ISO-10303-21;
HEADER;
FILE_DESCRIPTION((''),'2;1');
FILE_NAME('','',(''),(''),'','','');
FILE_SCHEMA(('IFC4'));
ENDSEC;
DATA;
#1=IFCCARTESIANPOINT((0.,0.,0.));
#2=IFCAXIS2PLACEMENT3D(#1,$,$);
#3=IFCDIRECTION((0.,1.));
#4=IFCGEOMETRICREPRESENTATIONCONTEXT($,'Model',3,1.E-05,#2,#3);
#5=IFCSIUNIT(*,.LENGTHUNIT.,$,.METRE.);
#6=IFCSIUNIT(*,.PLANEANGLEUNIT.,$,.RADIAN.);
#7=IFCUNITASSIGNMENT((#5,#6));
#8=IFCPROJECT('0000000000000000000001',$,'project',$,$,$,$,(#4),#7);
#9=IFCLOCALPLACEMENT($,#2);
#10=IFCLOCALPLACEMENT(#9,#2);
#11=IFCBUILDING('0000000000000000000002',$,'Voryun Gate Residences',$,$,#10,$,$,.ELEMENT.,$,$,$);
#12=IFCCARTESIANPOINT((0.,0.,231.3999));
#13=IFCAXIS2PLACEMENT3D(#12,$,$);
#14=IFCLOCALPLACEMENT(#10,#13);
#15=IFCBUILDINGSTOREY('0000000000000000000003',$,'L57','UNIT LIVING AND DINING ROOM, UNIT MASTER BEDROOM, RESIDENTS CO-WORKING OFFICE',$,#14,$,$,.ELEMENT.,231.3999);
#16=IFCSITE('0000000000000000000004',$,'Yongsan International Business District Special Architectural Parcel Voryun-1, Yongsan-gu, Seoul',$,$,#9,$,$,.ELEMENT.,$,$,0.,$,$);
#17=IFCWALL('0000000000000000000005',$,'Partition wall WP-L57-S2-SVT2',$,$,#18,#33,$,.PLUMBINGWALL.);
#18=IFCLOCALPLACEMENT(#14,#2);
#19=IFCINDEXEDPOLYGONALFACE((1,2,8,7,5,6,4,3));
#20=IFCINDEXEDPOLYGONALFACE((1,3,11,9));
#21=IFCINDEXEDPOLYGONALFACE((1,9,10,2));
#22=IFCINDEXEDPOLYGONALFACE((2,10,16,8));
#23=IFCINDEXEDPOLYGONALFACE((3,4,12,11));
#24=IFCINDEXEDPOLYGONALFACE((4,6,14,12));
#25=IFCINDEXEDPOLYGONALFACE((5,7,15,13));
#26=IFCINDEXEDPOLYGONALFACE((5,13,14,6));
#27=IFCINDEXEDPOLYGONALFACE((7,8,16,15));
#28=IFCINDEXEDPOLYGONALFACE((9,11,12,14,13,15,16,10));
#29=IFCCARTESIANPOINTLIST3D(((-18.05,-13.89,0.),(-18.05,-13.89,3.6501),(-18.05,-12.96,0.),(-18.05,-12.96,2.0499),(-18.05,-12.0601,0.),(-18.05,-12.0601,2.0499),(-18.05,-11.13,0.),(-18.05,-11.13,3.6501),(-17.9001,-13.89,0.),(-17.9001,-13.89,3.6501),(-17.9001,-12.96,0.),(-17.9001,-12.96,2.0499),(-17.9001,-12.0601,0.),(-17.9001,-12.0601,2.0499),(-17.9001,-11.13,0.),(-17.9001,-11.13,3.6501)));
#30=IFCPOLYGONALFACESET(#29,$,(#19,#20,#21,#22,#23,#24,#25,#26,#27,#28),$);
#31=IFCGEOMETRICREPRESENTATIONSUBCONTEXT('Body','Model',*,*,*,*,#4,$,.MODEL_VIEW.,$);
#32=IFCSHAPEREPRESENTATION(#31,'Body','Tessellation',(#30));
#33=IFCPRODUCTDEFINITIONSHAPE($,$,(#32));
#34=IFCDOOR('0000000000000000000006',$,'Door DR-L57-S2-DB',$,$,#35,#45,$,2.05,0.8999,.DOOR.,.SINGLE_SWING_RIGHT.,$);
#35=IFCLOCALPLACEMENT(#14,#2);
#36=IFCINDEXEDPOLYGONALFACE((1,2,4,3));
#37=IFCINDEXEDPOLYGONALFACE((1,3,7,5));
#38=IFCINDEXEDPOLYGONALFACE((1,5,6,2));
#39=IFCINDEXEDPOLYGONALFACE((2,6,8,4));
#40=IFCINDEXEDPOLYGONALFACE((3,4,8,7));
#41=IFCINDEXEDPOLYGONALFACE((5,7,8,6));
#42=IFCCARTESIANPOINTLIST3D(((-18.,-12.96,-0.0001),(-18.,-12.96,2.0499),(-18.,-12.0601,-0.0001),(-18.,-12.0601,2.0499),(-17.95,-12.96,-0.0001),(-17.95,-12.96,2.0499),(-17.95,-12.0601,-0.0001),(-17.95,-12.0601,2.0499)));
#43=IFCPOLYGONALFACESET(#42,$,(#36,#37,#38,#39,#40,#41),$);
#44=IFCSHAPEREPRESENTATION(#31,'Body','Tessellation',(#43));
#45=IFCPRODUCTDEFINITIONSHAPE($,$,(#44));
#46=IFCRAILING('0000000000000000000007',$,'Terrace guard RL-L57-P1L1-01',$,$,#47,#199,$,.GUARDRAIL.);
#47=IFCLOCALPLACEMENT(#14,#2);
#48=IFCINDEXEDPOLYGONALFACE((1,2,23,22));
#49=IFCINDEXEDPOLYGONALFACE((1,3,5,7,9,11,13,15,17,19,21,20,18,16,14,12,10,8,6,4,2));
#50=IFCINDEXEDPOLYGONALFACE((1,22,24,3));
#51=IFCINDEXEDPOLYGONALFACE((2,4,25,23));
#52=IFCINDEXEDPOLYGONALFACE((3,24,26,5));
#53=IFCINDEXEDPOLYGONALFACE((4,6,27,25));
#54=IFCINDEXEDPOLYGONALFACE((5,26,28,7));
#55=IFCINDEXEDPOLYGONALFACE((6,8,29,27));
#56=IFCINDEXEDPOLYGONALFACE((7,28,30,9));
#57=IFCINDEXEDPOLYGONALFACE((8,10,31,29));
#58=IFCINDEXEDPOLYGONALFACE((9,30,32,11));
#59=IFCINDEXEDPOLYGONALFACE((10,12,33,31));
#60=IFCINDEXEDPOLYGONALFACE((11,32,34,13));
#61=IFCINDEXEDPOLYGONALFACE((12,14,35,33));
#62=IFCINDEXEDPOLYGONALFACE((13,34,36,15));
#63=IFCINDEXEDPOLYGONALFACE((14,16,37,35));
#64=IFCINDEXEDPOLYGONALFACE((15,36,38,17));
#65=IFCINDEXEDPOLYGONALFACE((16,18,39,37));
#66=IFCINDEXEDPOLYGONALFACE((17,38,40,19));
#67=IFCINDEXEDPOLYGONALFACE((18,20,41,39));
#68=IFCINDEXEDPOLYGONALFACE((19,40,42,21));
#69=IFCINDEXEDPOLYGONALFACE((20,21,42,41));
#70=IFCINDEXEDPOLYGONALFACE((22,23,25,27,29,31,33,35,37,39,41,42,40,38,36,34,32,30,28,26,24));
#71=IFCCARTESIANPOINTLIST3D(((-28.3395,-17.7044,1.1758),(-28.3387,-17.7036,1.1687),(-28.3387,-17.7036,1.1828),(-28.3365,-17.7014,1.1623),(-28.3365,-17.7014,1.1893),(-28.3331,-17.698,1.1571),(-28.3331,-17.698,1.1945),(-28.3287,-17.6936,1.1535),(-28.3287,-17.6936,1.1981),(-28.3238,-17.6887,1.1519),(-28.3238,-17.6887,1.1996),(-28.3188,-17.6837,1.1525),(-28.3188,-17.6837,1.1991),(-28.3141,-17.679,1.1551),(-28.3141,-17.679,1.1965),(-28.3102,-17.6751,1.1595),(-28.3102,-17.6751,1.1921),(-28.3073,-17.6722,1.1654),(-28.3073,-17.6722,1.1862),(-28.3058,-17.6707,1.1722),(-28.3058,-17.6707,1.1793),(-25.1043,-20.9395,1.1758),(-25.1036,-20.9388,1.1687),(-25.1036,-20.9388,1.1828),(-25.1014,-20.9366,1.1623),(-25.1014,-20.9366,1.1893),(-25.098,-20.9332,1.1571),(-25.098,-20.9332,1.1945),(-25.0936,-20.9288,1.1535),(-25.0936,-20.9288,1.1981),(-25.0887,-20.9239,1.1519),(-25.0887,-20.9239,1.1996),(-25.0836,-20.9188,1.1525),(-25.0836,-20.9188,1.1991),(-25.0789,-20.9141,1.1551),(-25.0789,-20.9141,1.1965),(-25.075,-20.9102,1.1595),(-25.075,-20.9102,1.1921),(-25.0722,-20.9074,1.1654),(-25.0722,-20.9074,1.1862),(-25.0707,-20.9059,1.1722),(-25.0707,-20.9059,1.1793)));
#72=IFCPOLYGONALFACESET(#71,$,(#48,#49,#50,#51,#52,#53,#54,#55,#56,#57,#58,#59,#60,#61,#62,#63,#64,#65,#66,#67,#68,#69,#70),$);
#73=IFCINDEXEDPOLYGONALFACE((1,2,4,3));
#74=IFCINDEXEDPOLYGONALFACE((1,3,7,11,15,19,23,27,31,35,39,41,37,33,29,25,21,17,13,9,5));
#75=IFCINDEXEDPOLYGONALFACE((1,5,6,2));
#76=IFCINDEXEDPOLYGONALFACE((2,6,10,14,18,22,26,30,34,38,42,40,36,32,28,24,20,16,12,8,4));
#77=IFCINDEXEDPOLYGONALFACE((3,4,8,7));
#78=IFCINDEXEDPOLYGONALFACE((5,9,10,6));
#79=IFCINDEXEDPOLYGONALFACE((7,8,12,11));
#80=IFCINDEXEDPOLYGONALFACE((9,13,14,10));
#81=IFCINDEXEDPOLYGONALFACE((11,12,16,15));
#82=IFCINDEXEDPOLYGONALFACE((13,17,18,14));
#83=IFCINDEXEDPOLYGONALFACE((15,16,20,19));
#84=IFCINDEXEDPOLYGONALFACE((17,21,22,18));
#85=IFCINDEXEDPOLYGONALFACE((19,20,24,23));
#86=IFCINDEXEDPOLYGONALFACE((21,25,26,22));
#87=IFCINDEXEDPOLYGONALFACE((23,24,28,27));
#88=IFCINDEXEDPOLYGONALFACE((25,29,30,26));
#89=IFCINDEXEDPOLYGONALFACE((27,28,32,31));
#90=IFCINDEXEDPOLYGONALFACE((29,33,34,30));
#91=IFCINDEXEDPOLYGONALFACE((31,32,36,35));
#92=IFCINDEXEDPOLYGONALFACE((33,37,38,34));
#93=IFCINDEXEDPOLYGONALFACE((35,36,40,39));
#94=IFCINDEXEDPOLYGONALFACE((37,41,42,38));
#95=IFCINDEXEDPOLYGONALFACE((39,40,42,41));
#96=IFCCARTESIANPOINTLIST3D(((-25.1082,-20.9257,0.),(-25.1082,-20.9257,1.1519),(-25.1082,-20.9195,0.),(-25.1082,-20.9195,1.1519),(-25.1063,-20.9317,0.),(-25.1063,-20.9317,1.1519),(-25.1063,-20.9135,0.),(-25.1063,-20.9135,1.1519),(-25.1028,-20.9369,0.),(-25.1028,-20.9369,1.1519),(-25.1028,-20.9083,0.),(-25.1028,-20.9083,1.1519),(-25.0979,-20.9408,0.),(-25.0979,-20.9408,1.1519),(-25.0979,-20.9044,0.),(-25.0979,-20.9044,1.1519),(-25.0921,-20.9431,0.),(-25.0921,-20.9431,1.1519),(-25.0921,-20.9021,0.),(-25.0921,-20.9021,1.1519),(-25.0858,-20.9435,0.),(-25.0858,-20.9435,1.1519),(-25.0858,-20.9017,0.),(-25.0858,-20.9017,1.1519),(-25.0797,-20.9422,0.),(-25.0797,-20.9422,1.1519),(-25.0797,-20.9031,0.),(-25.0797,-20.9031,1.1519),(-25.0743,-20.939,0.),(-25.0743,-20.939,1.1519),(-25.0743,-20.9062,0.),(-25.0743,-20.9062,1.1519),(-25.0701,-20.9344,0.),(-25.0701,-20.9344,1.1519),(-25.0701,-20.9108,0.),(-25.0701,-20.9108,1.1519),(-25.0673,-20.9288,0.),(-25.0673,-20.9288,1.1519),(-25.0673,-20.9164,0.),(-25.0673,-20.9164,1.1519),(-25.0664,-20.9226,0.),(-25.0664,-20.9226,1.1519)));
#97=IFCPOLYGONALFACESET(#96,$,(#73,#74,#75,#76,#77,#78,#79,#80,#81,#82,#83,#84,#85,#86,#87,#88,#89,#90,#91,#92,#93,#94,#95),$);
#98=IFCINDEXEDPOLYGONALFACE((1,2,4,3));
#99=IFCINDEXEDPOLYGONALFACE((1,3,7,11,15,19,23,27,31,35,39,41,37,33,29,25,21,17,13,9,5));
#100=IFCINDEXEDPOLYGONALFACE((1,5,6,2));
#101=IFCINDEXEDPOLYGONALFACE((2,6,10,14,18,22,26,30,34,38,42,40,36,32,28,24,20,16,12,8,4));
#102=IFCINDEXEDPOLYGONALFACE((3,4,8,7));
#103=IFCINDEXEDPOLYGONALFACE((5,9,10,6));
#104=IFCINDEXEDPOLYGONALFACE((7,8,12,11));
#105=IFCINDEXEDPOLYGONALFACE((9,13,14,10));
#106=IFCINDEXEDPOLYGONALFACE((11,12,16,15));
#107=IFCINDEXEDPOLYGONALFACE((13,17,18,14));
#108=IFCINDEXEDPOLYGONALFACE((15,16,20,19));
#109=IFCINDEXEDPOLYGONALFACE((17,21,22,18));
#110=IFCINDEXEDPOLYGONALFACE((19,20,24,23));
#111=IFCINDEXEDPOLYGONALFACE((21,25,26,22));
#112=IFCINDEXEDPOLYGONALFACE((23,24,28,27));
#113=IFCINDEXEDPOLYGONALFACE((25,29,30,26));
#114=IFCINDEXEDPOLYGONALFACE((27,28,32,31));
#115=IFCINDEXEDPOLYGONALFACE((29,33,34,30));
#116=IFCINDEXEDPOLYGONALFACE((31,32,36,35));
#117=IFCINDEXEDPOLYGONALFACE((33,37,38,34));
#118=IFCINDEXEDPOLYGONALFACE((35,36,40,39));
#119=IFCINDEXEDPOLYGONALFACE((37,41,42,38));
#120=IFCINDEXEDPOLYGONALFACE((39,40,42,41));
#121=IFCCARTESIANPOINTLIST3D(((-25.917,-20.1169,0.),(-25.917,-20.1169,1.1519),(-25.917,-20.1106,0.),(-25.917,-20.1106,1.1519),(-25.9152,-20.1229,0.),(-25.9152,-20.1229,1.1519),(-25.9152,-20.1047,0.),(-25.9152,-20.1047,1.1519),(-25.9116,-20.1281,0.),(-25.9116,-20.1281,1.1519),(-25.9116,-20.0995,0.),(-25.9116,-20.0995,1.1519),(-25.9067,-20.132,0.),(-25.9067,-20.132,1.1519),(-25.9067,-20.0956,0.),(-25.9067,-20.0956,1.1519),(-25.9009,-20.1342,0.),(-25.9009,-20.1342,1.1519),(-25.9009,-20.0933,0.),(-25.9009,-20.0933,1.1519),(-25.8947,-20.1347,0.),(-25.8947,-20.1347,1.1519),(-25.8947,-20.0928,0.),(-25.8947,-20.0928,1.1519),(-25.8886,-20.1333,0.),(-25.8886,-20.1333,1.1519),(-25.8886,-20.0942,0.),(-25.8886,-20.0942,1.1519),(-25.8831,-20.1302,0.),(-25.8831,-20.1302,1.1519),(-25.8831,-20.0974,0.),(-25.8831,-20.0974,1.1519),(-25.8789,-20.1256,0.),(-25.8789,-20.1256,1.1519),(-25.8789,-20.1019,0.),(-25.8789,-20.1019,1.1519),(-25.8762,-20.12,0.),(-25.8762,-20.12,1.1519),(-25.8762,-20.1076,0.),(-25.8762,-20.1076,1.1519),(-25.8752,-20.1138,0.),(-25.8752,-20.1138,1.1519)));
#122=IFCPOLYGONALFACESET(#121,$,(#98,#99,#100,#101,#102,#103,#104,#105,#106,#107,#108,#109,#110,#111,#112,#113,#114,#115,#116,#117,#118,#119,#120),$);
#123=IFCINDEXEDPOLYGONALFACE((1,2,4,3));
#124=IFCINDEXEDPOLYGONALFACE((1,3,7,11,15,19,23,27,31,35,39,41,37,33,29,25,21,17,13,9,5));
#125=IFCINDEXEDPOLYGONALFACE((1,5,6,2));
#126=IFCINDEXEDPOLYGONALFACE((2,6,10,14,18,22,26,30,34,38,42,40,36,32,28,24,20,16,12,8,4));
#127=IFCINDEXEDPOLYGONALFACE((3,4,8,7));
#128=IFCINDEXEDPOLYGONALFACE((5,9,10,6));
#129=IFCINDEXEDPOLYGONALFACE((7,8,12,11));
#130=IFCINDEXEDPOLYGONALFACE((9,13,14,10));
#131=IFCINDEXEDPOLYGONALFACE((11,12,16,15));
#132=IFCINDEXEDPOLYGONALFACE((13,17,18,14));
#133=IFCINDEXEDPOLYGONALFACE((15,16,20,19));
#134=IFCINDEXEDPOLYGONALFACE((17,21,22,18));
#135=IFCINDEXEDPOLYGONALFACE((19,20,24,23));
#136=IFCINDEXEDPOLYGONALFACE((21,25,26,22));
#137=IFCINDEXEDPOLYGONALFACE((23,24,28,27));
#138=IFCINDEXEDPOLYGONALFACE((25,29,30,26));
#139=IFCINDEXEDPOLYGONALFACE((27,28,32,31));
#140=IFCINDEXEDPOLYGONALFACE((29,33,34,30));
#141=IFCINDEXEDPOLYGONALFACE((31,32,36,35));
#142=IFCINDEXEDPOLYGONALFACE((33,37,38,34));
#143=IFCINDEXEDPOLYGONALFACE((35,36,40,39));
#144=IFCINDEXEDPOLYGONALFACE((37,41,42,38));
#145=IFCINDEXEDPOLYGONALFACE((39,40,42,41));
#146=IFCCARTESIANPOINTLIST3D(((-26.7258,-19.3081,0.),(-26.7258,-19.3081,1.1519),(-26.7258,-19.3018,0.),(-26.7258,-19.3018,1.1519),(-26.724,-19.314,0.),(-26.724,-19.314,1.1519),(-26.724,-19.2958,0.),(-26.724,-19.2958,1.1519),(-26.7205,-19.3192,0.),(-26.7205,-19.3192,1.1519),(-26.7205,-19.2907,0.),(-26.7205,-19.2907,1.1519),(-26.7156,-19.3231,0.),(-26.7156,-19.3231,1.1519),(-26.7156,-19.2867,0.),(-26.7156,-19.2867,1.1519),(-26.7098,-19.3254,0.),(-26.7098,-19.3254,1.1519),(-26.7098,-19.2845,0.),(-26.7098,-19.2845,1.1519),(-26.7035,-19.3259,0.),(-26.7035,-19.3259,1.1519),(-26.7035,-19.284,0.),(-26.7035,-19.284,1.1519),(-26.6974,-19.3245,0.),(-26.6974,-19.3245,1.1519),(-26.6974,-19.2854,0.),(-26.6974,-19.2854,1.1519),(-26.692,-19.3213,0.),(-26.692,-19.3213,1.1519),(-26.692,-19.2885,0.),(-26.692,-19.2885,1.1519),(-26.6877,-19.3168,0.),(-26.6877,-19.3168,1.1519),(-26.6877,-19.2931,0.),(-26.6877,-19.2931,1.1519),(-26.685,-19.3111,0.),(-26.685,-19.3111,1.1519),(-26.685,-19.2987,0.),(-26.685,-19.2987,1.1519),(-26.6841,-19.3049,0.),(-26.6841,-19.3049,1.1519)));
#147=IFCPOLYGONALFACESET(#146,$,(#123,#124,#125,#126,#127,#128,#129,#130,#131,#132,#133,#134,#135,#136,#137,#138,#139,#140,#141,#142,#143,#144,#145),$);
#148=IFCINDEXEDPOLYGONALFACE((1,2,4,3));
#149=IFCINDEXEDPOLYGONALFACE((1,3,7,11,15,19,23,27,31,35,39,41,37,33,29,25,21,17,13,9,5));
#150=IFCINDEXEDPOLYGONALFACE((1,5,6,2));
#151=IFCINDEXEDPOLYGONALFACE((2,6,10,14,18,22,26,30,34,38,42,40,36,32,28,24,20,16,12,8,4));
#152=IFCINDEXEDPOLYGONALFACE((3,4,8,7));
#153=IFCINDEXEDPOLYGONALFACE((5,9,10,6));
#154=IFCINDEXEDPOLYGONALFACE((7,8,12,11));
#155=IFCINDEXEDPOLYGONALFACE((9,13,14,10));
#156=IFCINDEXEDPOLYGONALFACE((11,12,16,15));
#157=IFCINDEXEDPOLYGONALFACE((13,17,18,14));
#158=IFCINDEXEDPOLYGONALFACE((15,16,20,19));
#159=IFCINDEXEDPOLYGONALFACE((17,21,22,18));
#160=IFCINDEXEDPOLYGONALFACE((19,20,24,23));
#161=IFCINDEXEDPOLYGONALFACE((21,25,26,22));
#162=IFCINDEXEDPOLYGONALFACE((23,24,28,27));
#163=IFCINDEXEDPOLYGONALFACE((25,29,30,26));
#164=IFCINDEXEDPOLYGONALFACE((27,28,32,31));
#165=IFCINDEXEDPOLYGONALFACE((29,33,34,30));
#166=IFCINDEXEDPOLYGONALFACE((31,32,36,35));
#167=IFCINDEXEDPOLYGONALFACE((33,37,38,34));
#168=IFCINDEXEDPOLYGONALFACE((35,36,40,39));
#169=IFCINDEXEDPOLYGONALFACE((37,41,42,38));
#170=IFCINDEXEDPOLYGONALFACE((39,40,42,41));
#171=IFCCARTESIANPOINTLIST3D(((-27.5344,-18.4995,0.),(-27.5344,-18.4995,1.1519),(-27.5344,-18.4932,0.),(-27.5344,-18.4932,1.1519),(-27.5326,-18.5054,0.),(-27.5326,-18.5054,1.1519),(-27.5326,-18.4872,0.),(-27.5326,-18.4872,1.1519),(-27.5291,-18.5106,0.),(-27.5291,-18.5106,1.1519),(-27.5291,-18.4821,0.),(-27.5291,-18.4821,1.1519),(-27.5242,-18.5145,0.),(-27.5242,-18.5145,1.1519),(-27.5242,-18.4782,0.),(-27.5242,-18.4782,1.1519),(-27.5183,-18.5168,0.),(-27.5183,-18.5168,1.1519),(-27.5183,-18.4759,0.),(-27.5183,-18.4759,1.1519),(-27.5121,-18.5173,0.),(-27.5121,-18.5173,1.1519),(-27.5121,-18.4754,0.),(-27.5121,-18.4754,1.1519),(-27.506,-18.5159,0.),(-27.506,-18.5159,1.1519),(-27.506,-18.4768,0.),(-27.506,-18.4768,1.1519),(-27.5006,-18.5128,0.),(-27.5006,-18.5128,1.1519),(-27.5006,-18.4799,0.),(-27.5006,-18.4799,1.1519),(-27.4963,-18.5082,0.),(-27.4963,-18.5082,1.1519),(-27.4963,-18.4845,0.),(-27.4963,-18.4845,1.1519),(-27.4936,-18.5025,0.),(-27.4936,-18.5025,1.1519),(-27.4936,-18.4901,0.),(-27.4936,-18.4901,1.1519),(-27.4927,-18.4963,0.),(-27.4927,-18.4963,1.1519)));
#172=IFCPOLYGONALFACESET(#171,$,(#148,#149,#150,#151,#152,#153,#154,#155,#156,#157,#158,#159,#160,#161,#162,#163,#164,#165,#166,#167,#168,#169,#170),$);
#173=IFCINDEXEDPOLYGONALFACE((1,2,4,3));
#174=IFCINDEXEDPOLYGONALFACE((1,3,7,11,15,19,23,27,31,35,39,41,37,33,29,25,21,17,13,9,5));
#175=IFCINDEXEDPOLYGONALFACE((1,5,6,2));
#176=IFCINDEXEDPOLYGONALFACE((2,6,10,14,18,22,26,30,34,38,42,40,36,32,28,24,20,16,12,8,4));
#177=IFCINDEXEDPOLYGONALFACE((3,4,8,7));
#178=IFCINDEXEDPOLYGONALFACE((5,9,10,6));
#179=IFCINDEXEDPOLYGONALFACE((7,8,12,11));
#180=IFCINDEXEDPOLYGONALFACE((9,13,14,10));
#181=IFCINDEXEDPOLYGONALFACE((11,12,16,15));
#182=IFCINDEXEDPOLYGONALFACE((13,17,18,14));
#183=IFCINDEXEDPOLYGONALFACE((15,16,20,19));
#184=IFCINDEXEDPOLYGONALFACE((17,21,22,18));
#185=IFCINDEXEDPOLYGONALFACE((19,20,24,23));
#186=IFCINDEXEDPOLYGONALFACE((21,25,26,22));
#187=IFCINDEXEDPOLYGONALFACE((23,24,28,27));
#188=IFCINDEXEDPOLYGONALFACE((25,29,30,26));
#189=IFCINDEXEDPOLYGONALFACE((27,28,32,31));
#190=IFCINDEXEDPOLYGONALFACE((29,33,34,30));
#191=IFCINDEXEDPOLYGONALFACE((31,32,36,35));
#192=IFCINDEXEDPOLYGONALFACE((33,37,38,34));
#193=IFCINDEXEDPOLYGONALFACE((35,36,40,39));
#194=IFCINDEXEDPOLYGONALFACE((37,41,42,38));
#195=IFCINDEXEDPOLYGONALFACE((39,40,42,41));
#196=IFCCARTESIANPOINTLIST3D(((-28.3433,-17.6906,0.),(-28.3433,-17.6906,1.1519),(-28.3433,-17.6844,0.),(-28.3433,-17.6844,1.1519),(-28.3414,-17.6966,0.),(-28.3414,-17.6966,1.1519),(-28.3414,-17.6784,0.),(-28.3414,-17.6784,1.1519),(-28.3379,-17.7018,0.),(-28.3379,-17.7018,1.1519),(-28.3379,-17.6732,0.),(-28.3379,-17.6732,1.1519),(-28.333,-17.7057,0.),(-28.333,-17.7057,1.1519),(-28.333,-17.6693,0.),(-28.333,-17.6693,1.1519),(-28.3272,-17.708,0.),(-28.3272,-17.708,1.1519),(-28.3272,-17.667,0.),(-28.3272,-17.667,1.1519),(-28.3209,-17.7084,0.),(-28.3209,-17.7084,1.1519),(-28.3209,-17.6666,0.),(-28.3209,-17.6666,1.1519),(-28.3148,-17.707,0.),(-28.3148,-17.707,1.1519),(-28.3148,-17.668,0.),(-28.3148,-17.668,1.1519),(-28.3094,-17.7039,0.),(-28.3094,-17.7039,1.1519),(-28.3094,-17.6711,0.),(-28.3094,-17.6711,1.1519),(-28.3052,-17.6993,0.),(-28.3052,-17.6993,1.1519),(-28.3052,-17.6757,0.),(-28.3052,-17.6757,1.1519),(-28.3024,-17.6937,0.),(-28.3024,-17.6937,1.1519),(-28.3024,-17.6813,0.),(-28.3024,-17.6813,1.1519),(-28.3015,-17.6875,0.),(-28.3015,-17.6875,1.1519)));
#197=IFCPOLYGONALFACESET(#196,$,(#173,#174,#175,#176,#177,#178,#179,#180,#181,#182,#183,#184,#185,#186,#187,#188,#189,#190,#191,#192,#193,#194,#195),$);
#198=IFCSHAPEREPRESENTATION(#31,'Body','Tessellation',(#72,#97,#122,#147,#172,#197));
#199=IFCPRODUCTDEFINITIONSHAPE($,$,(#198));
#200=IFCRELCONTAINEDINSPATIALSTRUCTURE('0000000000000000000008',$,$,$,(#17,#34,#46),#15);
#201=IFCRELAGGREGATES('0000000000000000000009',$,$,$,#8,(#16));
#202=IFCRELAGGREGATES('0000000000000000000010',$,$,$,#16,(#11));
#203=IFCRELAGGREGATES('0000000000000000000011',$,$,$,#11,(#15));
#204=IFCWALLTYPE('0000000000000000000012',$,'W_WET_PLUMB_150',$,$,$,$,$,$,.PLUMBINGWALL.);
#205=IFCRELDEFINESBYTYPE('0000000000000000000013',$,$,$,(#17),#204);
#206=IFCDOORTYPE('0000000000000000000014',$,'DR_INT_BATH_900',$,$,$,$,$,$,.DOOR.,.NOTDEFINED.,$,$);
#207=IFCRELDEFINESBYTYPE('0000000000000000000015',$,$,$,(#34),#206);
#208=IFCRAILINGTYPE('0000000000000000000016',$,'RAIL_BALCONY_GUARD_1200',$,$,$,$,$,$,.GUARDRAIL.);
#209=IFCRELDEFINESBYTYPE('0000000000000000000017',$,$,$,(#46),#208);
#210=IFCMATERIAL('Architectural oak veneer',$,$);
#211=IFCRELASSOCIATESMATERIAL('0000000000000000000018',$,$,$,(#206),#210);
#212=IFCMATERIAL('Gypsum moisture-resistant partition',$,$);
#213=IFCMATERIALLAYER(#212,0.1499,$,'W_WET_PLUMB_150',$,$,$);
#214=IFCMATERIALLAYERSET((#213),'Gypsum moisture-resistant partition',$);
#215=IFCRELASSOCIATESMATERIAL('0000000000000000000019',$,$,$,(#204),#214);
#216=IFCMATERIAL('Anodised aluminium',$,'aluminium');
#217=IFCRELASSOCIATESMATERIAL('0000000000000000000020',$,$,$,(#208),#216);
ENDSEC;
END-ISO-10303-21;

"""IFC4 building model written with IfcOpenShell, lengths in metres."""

from ifc_helpers import new_model, si_unit, direction, frame, frame_2d, origin, origin_2d, place, context, subcontext, project, spatial, rectangle, circle, extrude, material, layer, layer_set, type_object, element, fill, save


model = new_model("IFC4")

# Units and contexts
model_context = context("Model", 3, precision=1e-05, world=origin(), true_north=direction((0.0, 1.0)))
body_context = subcontext(model_context, "Body", "Model", "MODEL_VIEW")
ifc_project = project(units=[si_unit("LENGTHUNIT", "METRE"), si_unit("PLANEANGLEUNIT", "RADIAN")], contexts=[model_context])

# Site, building, storey
site_placement = place(None, origin())
site = spatial("IfcSite", under=ifc_project, at=site_placement, Name="Yongsan International Business District Special Architectural Parcel Voryun-1, Yongsan-gu, Seoul", CompositionType="ELEMENT", RefElevation=0.0)
building_placement = place(site_placement, origin())
building = spatial("IfcBuilding", under=site, at=building_placement, Name="Voryun Gate Residences", CompositionType="ELEMENT")
storey_placement = place(building_placement, frame((0.0, 0.0, 231.3999)))
storey = spatial("IfcBuildingStorey", under=building, at=storey_placement, Name="L57", Description="UNIT LIVING AND DINING ROOM, UNIT MASTER BEDROOM, RESIDENTS CO-WORKING OFFICE", CompositionType="ELEMENT", Elevation=231.3999)

# Shared definitions
ifc_material_1 = material(Name="Architectural oak veneer")
door_type = type_object("IfcDoorType", Name="DR_INT_BATH_900", OperationType="NOTDEFINED", PredefinedType="DOOR", material=ifc_material_1)

# Shared definitions
ifc_material_2 = material(Name="Gypsum moisture-resistant partition")
ifc_layer_1 = layer(ifc_material_2, 0.1499, Name="W_WET_PLUMB_150")
ifc_layer_set_1 = layer_set([ifc_layer_1], Name="Gypsum moisture-resistant partition")
wall_type_1 = type_object("IfcWallType", Name="W_WET_PLUMB_150", PredefinedType="PLUMBINGWALL", material=ifc_layer_set_1)

# Wall, opening, door
wall_1_placement = place(storey_placement, frame((-17.9751, -13.8899, 0.0), z_axis=(0.0, 0.0, 1.0), x_axis=(0.0, 1.0, 0.0)))
wall_1 = element("IfcWall", 1, at=wall_1_placement, inside=storey, type_object=wall_type_1, Name="Partition wall WP-L57-S2-SVT2", PredefinedType="PLUMBINGWALL", context=body_context, shape_type="SweptSolid", body=[
    extrude(rectangle(XDim=2.76, YDim=0.1499, at=frame_2d((1.3799, 0.0))), origin(), (0.0, 0.0, 1.0), 3.6501),
])
opening_1_placement = place(wall_1_placement, frame((0.9299, 0.0, 0.0)))
opening_1 = element("IfcOpeningElement", 2, at=opening_1_placement, cuts=wall_1, PredefinedType="OPENING", context=body_context, shape_type="SweptSolid", body=[
    extrude(rectangle(XDim=0.8999, YDim=2.05, at=frame_2d((0.45, 1.0249))), frame((0.0, 0.085, 0.0), z_axis=(0.0, -1.0, 0.0), x_axis=(1.0, 0.0, 0.0)), (0.0, 0.0, 1.0), 0.1699),
])
door_1_placement = place(opening_1_placement, origin())
door_1 = element("IfcDoor", 3, at=door_1_placement, inside=storey, type_object=door_type, Name="Door DR-L57-S2-DB", OperationType="SINGLE_SWING_RIGHT", OverallHeight=2.05, OverallWidth=0.8999, PredefinedType="DOOR", context=body_context, shape_type="SweptSolid", body=[
    extrude(rectangle(XDim=0.8999, YDim=2.05, at=frame_2d((0.45, 1.0249))), frame((0.0, 0.0249, 0.0), z_axis=(0.0, -1.0, 0.0), x_axis=(1.0, 0.0, 0.0)), (0.0, 0.0, 1.0), 0.05),
])
fill(opening_1, door_1)

# Railing
ifc_material_3 = material(Name="Anodised aluminium", Category="aluminium")
railing_type = type_object("IfcRailingType", Name="RAIL_BALCONY_GUARD_1200", PredefinedType="GUARDRAIL", material=ifc_material_3)
railing_1_placement = place(storey_placement, frame((-25.0874, -20.9226, 0.0)))
element("IfcRailing", 4, at=railing_1_placement, inside=storey, type_object=railing_type, Name="Terrace guard RL-L57-P1L1-01", PredefinedType="GUARDRAIL", context=body_context, shape_type="SweptSolid", body=[
    extrude(circle(Radius=0.0239, at=origin_2d()), frame((0.0, 0.0, 1.1758), z_axis=(-0.707107, 0.707107, 0.0), x_axis=(-0.707107, -0.707107, 0.0)), (0.0, 0.0, 1.0), 4.5752),
    extrude(circle(Radius=0.021, at=origin_2d()), origin(), (0.0, 0.0, 1.0), 1.1519),
    extrude(circle(Radius=0.021, at=origin_2d()), frame((-0.8088, 0.8088, 0.0)), (0.0, 0.0, 1.0), 1.1519),
    extrude(circle(Radius=0.021, at=origin_2d()), frame((-1.6177, 1.6177, 0.0)), (0.0, 0.0, 1.0), 1.1519),
    extrude(circle(Radius=0.021, at=origin_2d()), frame((-2.4263, 2.4263, 0.0)), (0.0, 0.0, 1.0), 1.1519),
    extrude(circle(Radius=0.021, at=origin_2d()), frame((-3.2351, 3.2351, 0.0)), (0.0, 0.0, 1.0), 1.1519),
])

save(model, "model.ifc")
